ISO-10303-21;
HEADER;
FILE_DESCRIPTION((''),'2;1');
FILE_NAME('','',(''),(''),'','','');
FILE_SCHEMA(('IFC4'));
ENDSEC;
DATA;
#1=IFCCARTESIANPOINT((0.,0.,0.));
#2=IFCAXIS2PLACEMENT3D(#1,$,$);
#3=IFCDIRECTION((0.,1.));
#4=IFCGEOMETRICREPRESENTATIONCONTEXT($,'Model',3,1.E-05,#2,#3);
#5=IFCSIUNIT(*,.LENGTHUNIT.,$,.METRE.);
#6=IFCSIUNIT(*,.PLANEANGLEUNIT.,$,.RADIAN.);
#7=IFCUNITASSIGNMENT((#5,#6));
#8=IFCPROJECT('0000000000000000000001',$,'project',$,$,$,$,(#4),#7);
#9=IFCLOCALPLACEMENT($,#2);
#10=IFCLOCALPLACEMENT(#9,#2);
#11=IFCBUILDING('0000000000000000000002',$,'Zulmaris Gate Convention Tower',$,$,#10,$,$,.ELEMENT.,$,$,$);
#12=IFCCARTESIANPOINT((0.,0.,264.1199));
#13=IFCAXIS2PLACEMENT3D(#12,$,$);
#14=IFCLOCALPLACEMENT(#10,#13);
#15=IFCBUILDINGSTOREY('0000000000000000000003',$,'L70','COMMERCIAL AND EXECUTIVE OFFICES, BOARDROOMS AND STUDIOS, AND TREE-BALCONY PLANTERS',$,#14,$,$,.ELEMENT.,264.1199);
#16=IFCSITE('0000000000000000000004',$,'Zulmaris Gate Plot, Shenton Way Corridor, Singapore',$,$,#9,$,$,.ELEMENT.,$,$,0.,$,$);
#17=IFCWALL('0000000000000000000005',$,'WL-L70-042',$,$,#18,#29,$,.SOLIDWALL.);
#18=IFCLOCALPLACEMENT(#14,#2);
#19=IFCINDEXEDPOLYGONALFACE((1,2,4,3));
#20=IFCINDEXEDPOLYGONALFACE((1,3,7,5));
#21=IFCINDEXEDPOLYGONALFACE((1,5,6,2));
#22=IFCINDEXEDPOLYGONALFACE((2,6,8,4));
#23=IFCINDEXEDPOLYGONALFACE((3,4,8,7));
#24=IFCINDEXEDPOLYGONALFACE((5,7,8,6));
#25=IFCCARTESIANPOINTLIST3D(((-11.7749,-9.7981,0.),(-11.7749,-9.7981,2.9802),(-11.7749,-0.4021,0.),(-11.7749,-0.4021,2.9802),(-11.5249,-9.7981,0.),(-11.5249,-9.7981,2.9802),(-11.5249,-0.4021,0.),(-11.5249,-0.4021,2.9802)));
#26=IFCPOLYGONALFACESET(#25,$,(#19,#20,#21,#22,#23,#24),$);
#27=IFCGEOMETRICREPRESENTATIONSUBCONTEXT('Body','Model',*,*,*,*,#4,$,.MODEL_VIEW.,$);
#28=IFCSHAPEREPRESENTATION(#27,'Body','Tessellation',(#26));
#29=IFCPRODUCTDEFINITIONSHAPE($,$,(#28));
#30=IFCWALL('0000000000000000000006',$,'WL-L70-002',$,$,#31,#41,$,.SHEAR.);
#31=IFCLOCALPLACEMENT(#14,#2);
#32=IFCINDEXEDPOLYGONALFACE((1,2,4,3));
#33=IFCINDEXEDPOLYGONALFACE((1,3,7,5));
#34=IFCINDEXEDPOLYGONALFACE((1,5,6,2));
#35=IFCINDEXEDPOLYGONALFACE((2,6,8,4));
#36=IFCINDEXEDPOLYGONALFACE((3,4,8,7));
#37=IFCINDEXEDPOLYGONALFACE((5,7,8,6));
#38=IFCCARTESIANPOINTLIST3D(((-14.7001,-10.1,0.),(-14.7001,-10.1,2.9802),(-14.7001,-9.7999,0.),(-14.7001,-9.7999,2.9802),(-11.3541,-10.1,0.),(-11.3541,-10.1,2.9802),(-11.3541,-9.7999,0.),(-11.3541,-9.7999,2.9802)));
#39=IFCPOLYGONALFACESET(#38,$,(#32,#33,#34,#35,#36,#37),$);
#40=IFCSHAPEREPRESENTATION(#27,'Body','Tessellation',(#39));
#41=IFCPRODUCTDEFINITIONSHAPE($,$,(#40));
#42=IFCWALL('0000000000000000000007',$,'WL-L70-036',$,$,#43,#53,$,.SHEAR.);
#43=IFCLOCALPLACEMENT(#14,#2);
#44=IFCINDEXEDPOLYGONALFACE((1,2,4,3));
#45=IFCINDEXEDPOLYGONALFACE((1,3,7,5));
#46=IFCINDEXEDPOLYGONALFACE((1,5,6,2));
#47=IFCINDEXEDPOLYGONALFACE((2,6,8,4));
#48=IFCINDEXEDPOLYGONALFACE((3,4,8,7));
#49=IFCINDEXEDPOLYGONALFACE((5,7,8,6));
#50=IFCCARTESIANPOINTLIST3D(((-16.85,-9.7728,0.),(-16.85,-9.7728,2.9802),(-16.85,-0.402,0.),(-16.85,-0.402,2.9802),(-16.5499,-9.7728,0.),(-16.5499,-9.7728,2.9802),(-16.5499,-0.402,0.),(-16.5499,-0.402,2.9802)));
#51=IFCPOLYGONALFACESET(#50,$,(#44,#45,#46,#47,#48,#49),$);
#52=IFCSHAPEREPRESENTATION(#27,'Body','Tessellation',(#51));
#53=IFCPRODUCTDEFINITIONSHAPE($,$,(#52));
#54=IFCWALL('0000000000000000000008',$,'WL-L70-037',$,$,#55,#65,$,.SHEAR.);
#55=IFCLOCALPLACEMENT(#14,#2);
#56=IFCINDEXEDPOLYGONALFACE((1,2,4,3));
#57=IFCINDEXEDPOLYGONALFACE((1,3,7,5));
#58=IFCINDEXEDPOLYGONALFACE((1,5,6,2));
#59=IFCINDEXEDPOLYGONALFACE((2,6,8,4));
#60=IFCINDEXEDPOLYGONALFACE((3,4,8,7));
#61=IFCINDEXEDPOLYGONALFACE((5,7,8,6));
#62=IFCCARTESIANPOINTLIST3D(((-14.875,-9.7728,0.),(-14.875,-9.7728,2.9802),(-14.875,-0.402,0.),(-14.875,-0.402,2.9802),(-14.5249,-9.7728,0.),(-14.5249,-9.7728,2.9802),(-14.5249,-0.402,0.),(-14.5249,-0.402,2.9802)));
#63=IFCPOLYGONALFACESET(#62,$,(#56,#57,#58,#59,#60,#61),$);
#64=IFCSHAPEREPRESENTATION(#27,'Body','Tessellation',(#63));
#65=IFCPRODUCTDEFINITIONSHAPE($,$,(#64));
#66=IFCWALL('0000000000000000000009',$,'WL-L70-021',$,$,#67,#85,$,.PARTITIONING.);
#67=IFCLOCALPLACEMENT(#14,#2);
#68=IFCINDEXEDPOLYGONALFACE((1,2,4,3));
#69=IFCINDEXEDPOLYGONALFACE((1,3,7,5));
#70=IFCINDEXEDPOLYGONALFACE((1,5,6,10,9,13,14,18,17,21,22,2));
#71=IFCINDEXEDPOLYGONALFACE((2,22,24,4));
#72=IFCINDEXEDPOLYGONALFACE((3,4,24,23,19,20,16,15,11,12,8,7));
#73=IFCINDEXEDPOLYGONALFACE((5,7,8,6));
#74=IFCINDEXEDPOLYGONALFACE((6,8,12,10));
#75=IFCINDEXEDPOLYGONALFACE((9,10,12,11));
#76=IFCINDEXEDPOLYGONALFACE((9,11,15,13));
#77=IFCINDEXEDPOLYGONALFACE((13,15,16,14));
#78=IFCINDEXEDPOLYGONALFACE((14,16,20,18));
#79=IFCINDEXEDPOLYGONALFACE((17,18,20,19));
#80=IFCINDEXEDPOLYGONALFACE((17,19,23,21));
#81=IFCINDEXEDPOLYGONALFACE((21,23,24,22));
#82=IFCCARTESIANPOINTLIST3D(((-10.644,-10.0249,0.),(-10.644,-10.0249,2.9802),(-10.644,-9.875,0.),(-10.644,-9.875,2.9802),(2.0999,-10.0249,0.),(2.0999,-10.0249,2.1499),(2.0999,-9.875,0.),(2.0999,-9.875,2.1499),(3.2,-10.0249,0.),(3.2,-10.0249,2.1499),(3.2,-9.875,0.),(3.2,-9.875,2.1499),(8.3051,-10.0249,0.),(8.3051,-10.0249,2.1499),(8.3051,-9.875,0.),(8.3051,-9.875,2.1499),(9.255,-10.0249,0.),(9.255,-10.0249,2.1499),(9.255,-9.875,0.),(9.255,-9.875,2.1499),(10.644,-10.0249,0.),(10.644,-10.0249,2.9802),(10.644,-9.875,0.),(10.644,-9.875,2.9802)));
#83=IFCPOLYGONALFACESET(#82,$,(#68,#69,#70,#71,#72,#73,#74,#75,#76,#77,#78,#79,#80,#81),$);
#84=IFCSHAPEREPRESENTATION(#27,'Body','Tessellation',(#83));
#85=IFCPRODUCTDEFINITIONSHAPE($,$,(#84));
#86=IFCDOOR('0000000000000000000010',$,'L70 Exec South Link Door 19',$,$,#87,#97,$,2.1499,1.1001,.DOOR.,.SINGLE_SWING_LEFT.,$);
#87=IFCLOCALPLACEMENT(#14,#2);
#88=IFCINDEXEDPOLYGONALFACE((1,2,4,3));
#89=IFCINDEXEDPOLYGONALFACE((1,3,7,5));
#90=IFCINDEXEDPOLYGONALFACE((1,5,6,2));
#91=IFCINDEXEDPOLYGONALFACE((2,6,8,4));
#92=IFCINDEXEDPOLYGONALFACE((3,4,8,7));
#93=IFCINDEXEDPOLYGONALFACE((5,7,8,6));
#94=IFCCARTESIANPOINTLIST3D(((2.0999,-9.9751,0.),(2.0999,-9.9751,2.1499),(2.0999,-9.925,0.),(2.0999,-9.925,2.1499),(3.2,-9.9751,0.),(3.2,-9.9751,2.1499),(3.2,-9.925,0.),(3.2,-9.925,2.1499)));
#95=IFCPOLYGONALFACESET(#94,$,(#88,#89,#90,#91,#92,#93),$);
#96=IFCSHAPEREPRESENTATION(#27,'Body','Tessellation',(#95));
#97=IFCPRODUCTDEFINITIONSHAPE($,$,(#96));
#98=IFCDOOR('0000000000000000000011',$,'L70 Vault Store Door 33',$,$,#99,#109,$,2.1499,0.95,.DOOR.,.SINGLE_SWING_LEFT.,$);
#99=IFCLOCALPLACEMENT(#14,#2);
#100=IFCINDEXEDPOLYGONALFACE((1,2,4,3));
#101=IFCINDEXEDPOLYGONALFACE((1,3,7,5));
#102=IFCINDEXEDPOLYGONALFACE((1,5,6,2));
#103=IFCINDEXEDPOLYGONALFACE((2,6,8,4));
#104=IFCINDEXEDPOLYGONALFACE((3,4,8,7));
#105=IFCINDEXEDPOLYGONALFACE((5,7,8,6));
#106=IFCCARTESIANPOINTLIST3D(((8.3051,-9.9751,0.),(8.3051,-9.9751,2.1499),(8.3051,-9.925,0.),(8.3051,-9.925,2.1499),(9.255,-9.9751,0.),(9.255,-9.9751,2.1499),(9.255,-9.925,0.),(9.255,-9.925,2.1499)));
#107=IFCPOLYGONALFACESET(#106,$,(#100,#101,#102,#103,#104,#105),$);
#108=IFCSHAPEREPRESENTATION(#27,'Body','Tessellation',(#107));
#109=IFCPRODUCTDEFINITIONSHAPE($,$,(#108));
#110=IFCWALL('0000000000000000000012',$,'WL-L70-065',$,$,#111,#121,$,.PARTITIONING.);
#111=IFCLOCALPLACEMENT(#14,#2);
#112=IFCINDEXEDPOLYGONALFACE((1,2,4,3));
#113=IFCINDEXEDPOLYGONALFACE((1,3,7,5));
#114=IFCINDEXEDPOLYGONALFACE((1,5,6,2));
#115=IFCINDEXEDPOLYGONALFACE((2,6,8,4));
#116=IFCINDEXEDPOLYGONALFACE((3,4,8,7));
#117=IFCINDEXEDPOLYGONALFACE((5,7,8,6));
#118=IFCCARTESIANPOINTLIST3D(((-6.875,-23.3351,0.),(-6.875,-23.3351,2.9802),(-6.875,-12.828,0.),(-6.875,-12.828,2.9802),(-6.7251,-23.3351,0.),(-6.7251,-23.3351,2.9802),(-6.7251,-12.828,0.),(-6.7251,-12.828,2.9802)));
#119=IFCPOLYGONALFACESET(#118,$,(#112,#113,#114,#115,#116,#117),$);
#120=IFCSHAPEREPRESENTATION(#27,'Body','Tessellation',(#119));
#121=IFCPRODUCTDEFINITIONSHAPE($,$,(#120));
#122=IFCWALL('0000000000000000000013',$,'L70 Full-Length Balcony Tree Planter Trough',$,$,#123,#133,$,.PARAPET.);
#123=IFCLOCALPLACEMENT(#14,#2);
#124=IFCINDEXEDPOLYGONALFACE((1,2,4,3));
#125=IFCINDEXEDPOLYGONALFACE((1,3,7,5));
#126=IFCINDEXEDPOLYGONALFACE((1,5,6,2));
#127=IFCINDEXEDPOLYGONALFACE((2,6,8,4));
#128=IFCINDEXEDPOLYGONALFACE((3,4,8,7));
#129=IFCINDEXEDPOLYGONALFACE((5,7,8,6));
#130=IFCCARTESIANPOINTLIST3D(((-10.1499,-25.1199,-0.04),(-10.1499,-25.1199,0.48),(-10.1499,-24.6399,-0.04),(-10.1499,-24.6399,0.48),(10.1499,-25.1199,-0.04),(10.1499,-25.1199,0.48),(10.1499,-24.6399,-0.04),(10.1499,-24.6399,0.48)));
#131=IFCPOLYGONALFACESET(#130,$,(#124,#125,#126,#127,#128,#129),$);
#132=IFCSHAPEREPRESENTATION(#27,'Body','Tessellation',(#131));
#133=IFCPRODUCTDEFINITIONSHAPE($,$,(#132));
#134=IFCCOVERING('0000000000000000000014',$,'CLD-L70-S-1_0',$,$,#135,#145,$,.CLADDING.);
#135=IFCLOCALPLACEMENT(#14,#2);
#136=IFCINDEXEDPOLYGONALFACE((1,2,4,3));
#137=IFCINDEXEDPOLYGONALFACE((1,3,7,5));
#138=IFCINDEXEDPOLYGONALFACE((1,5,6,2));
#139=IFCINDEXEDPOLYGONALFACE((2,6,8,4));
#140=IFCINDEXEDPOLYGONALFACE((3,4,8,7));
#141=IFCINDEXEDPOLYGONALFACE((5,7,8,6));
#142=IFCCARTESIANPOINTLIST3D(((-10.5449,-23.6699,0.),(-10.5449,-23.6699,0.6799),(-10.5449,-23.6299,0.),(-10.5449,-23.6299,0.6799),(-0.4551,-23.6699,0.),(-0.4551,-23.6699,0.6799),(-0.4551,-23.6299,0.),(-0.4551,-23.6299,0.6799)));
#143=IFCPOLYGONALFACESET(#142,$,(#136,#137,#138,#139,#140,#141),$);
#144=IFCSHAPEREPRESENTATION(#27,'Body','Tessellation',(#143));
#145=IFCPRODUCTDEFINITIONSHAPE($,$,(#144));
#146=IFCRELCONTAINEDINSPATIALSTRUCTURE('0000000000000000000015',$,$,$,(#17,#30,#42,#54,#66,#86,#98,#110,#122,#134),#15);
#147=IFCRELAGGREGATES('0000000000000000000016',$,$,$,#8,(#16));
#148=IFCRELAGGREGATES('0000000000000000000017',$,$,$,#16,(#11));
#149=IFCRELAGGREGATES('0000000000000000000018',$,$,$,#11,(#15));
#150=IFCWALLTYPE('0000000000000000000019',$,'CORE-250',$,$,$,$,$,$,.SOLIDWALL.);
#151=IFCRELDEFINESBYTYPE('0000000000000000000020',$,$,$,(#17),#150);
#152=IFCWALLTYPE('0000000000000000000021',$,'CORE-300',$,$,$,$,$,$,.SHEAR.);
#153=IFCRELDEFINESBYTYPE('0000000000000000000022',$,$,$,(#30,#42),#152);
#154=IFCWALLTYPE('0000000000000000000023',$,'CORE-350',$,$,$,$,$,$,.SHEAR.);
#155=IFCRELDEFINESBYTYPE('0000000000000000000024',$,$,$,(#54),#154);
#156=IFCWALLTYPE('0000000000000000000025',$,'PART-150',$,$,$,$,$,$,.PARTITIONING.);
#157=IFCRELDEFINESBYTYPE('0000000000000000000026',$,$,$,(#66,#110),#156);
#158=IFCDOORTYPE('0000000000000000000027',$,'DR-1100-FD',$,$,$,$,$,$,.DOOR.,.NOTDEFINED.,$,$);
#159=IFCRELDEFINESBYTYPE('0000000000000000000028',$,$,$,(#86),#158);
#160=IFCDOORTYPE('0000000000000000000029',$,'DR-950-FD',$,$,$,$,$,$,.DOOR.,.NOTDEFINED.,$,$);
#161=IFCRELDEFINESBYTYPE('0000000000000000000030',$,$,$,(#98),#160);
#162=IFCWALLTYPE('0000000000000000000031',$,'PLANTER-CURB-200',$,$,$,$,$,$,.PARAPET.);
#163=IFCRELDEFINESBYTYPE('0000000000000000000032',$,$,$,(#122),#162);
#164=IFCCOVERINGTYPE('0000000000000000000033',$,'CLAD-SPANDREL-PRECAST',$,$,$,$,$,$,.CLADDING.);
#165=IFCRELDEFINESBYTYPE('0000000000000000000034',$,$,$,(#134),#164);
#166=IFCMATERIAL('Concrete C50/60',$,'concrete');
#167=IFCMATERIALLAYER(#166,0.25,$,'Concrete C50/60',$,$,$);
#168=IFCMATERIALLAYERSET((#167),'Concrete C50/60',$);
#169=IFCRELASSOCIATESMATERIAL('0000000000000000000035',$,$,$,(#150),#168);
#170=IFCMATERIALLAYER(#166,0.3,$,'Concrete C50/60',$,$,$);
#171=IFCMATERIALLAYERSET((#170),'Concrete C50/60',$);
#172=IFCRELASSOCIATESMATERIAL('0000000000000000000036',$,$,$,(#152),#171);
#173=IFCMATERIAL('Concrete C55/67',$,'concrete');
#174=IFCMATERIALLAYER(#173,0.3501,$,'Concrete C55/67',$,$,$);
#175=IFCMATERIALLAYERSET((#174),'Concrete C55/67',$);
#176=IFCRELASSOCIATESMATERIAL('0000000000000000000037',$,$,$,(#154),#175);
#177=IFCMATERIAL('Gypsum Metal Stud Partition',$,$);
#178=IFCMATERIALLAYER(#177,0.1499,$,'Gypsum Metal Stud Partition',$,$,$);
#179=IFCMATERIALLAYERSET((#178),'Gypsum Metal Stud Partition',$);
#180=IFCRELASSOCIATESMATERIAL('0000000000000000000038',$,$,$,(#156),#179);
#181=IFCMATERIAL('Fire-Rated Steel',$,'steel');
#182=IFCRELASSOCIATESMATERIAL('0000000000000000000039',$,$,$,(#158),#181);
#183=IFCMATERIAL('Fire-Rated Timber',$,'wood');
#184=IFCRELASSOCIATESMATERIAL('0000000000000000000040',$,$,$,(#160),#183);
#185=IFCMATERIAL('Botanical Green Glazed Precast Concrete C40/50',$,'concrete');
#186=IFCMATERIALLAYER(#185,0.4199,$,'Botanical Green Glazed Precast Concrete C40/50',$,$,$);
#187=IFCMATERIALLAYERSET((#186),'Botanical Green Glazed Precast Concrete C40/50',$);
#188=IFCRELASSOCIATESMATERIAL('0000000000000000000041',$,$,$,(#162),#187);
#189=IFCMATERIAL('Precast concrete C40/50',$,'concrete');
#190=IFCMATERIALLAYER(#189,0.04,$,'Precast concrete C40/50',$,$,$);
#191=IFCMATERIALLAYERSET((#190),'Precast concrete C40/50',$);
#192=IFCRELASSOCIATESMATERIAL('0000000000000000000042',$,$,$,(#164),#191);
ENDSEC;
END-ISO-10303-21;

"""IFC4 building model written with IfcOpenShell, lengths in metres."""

from ifc_helpers import new_model, si_unit, direction, frame, frame_2d, origin, place, context, subcontext, project, spatial, rectangle, extrude, material, layer, layer_set, type_object, element, fill, save


model = new_model("IFC4")

# Units and contexts
model_context = context("Model", 3, precision=1e-05, world=origin(), true_north=direction((0.0, 1.0)))
body_context = subcontext(model_context, "Body", "Model", "MODEL_VIEW")
ifc_project = project(units=[si_unit("LENGTHUNIT", "METRE"), si_unit("PLANEANGLEUNIT", "RADIAN")], contexts=[model_context])

# Site, building, storey
site_placement = place(None, origin())
site = spatial("IfcSite", under=ifc_project, at=site_placement, Name="Zulmaris Gate Plot, Shenton Way Corridor, Singapore", CompositionType="ELEMENT", RefElevation=0.0)
building_placement = place(site_placement, origin())
building = spatial("IfcBuilding", under=site, at=building_placement, Name="Zulmaris Gate Convention Tower", CompositionType="ELEMENT")
storey_placement = place(building_placement, frame((0.0, 0.0, 264.1199)))
storey = spatial("IfcBuildingStorey", under=building, at=storey_placement, Name="L70", Description="COMMERCIAL AND EXECUTIVE OFFICES, BOARDROOMS AND STUDIOS, AND TREE-BALCONY PLANTERS", CompositionType="ELEMENT", Elevation=264.1199)

# Shared definitions
ifc_material_1 = material(Name="Concrete C50/60", Category="concrete")

# Walls
ifc_layer_1 = layer(ifc_material_1, 0.25, Name="Concrete C50/60")
ifc_layer_set_1 = layer_set([ifc_layer_1], Name="Concrete C50/60")
wall_type_1 = type_object("IfcWallType", Name="CORE-250", PredefinedType="SOLIDWALL", material=ifc_layer_set_1)
wall_1_placement = place(storey_placement, frame((-11.6499, -9.7981, 0.0), z_axis=(0.0, 0.0, 1.0), x_axis=(0.0, 1.0, 0.0)))
element("IfcWall", 1, at=wall_1_placement, inside=storey, type_object=wall_type_1, Name="WL-L70-042", PredefinedType="SOLIDWALL", context=body_context, shape_type="SweptSolid", body=[
    extrude(rectangle(XDim=9.396, YDim=0.25, at=frame_2d((4.698, 0.0))), origin(), (0.0, 0.0, 1.0), 2.9802),
])
ifc_layer_2 = layer(ifc_material_1, 0.3, Name="Concrete C50/60")
ifc_layer_set_2 = layer_set([ifc_layer_2], Name="Concrete C50/60")
wall_type_2 = type_object("IfcWallType", Name="CORE-300", PredefinedType="SHEAR", material=ifc_layer_set_2)
wall_2_placement = place(storey_placement, frame((-14.7, -9.95, 0.0), z_axis=(0.0, 0.0, 1.0), x_axis=(1.0, 0.0, 0.0)))
element("IfcWall", 2, at=wall_2_placement, inside=storey, type_object=wall_type_2, Name="WL-L70-002", PredefinedType="SHEAR", context=body_context, shape_type="SweptSolid", body=[
    extrude(rectangle(XDim=3.3459, YDim=0.3, at=frame_2d((1.6729, 0.0))), origin(), (0.0, 0.0, 1.0), 2.9802),
])
wall_3_placement = place(storey_placement, frame((-16.7, -9.7729, 0.0), z_axis=(0.0, 0.0, 1.0), x_axis=(0.0, 1.0, 0.0)))
element("IfcWall", 3, at=wall_3_placement, inside=storey, type_object=wall_type_2, Name="WL-L70-036", PredefinedType="SHEAR", context=body_context, shape_type="SweptSolid", body=[
    extrude(rectangle(XDim=9.3708, YDim=0.3, at=frame_2d((4.6855, 0.0))), origin(), (0.0, 0.0, 1.0), 2.9802),
])
ifc_material_2 = material(Name="Concrete C55/67", Category="concrete")
ifc_layer_3 = layer(ifc_material_2, 0.3501, Name="Concrete C55/67")
ifc_layer_set_3 = layer_set([ifc_layer_3], Name="Concrete C55/67")
wall_type_3 = type_object("IfcWallType", Name="CORE-350", PredefinedType="SHEAR", material=ifc_layer_set_3)
wall_4_placement = place(storey_placement, frame((-14.7, -9.7729, 0.0), z_axis=(0.0, 0.0, 1.0), x_axis=(0.0, 1.0, 0.0)))
element("IfcWall", 4, at=wall_4_placement, inside=storey, type_object=wall_type_3, Name="WL-L70-037", PredefinedType="SHEAR", context=body_context, shape_type="SweptSolid", body=[
    extrude(rectangle(XDim=9.3708, YDim=0.3501, at=frame_2d((4.6855, 0.0))), origin(), (0.0, 0.0, 1.0), 2.9802),
])

# Wall, openings, doors
ifc_material_3 = material(Name="Gypsum Metal Stud Partition")
ifc_layer_4 = layer(ifc_material_3, 0.1499, Name="Gypsum Metal Stud Partition")
ifc_layer_set_4 = layer_set([ifc_layer_4], Name="Gypsum Metal Stud Partition")
wall_type_4 = type_object("IfcWallType", Name="PART-150", PredefinedType="PARTITIONING", material=ifc_layer_set_4)
wall_5_placement = place(storey_placement, frame((-10.644, -9.95, 0.0), z_axis=(0.0, 0.0, 1.0), x_axis=(1.0, 0.0, 0.0)))
wall_5 = element("IfcWall", 5, at=wall_5_placement, inside=storey, type_object=wall_type_4, Name="WL-L70-021", PredefinedType="PARTITIONING", context=body_context, shape_type="SweptSolid", body=[
    extrude(rectangle(XDim=21.2881, YDim=0.1499, at=frame_2d((10.644, 0.0))), origin(), (0.0, 0.0, 1.0), 2.9802),
])
opening_1_placement = place(wall_5_placement, frame((12.7439, 0.0, 0.0)))
opening_1 = element("IfcOpeningElement", 6, at=opening_1_placement, cuts=wall_5, PredefinedType="OPENING", context=body_context, shape_type="SweptSolid", body=[
    extrude(rectangle(XDim=1.1001, YDim=2.1499, at=frame_2d((0.55, 1.075))), frame((0.0, 0.085, 0.0), z_axis=(0.0, -1.0, 0.0), x_axis=(1.0, 0.0, 0.0)), (0.0, 0.0, 1.0), 0.1699),
])
opening_2_placement = place(wall_5_placement, frame((18.949, 0.0, 0.0)))
opening_2 = element("IfcOpeningElement", 7, at=opening_2_placement, cuts=wall_5, PredefinedType="OPENING", context=body_context, shape_type="SweptSolid", body=[
    extrude(rectangle(XDim=0.95, YDim=2.1499, at=frame_2d((0.4751, 1.075))), frame((0.0, 0.085, 0.0), z_axis=(0.0, -1.0, 0.0), x_axis=(1.0, 0.0, 0.0)), (0.0, 0.0, 1.0), 0.1699),
])
ifc_material_4 = material(Name="Fire-Rated Steel", Category="steel")
door_type_1 = type_object("IfcDoorType", Name="DR-1100-FD", OperationType="NOTDEFINED", PredefinedType="DOOR", material=ifc_material_4)
door_1_placement = place(opening_1_placement, origin())
door_1 = element("IfcDoor", 8, at=door_1_placement, inside=storey, type_object=door_type_1, Name="L70 Exec South Link Door 19", OperationType="SINGLE_SWING_LEFT", OverallHeight=2.1499, OverallWidth=1.1001, PredefinedType="DOOR", context=body_context, shape_type="SweptSolid", body=[
    extrude(rectangle(XDim=1.1001, YDim=2.1499, at=frame_2d((0.55, 1.075))), frame((0.0, 0.0249, 0.0), z_axis=(0.0, -1.0, 0.0), x_axis=(1.0, 0.0, 0.0)), (0.0, 0.0, 1.0), 0.05),
])
fill(opening_1, door_1)
ifc_material_5 = material(Name="Fire-Rated Timber", Category="wood")
door_type_2 = type_object("IfcDoorType", Name="DR-950-FD", OperationType="NOTDEFINED", PredefinedType="DOOR", material=ifc_material_5)
door_2_placement = place(opening_2_placement, origin())
door_2 = element("IfcDoor", 9, at=door_2_placement, inside=storey, type_object=door_type_2, Name="L70 Vault Store Door 33", OperationType="SINGLE_SWING_LEFT", OverallHeight=2.1499, OverallWidth=0.95, PredefinedType="DOOR", context=body_context, shape_type="SweptSolid", body=[
    extrude(rectangle(XDim=0.95, YDim=2.1499, at=frame_2d((0.4751, 1.075))), frame((0.0, 0.0249, 0.0), z_axis=(0.0, -1.0, 0.0), x_axis=(1.0, 0.0, 0.0)), (0.0, 0.0, 1.0), 0.05),
])
fill(opening_2, door_2)

# Walls
wall_6_placement = place(storey_placement, frame((-6.8, -23.335, 0.0), z_axis=(0.0, 0.0, 1.0), x_axis=(0.0, 1.0, 0.0)))
element("IfcWall", 10, at=wall_6_placement, inside=storey, type_object=wall_type_4, Name="WL-L70-065", PredefinedType="PARTITIONING", context=body_context, shape_type="SweptSolid", body=[
    extrude(rectangle(XDim=10.5071, YDim=0.1499, at=frame_2d((5.2534, 0.0))), origin(), (0.0, 0.0, 1.0), 2.9802),
])
ifc_material_6 = material(Name="Botanical Green Glazed Precast Concrete C40/50", Category="concrete")
ifc_layer_5 = layer(ifc_material_6, 0.4199, Name="Botanical Green Glazed Precast Concrete C40/50")
ifc_layer_set_5 = layer_set([ifc_layer_5], Name="Botanical Green Glazed Precast Concrete C40/50")
wall_type_5 = type_object("IfcWallType", Name="PLANTER-CURB-200", PredefinedType="PARAPET", material=ifc_layer_set_5)
wall_7_placement = place(storey_placement, frame((-10.1499, -24.8799, -0.04), z_axis=(0.0, 0.0, 1.0), x_axis=(1.0, 0.0, 0.0)))
element("IfcWall", 11, at=wall_7_placement, inside=storey, type_object=wall_type_5, Name="L70 Full-Length Balcony Tree Planter Trough", PredefinedType="PARAPET", context=body_context, shape_type="SweptSolid", body=[
    extrude(rectangle(XDim=20.2998, YDim=0.48, at=frame_2d((10.1499, 0.0))), origin(), (0.0, 0.0, 1.0), 0.52),
])

# Shared definitions
ifc_material_7 = material(Name="Precast concrete C40/50", Category="concrete")

# Covering
ifc_layer_6 = layer(ifc_material_7, 0.04, Name="Precast concrete C40/50")
ifc_layer_set_6 = layer_set([ifc_layer_6], Name="Precast concrete C40/50")
covering_type = type_object("IfcCoveringType", Name="CLAD-SPANDREL-PRECAST", PredefinedType="CLADDING", material=ifc_layer_set_6)
covering_placement = place(storey_placement, frame((-10.5449, -23.6499, 0.0), z_axis=(0.0, 0.0, 1.0), x_axis=(1.0, 0.0, 0.0)))
element("IfcCovering", 12, at=covering_placement, inside=storey, type_object=covering_type, Name="CLD-L70-S-1_0", PredefinedType="CLADDING", context=body_context, shape_type="SweptSolid", body=[
    extrude(rectangle(XDim=10.0898, YDim=0.04, at=frame_2d((5.0449, 0.0))), origin(), (0.0, 0.0, 1.0), 0.6799),
])

save(model, "model.ifc")
